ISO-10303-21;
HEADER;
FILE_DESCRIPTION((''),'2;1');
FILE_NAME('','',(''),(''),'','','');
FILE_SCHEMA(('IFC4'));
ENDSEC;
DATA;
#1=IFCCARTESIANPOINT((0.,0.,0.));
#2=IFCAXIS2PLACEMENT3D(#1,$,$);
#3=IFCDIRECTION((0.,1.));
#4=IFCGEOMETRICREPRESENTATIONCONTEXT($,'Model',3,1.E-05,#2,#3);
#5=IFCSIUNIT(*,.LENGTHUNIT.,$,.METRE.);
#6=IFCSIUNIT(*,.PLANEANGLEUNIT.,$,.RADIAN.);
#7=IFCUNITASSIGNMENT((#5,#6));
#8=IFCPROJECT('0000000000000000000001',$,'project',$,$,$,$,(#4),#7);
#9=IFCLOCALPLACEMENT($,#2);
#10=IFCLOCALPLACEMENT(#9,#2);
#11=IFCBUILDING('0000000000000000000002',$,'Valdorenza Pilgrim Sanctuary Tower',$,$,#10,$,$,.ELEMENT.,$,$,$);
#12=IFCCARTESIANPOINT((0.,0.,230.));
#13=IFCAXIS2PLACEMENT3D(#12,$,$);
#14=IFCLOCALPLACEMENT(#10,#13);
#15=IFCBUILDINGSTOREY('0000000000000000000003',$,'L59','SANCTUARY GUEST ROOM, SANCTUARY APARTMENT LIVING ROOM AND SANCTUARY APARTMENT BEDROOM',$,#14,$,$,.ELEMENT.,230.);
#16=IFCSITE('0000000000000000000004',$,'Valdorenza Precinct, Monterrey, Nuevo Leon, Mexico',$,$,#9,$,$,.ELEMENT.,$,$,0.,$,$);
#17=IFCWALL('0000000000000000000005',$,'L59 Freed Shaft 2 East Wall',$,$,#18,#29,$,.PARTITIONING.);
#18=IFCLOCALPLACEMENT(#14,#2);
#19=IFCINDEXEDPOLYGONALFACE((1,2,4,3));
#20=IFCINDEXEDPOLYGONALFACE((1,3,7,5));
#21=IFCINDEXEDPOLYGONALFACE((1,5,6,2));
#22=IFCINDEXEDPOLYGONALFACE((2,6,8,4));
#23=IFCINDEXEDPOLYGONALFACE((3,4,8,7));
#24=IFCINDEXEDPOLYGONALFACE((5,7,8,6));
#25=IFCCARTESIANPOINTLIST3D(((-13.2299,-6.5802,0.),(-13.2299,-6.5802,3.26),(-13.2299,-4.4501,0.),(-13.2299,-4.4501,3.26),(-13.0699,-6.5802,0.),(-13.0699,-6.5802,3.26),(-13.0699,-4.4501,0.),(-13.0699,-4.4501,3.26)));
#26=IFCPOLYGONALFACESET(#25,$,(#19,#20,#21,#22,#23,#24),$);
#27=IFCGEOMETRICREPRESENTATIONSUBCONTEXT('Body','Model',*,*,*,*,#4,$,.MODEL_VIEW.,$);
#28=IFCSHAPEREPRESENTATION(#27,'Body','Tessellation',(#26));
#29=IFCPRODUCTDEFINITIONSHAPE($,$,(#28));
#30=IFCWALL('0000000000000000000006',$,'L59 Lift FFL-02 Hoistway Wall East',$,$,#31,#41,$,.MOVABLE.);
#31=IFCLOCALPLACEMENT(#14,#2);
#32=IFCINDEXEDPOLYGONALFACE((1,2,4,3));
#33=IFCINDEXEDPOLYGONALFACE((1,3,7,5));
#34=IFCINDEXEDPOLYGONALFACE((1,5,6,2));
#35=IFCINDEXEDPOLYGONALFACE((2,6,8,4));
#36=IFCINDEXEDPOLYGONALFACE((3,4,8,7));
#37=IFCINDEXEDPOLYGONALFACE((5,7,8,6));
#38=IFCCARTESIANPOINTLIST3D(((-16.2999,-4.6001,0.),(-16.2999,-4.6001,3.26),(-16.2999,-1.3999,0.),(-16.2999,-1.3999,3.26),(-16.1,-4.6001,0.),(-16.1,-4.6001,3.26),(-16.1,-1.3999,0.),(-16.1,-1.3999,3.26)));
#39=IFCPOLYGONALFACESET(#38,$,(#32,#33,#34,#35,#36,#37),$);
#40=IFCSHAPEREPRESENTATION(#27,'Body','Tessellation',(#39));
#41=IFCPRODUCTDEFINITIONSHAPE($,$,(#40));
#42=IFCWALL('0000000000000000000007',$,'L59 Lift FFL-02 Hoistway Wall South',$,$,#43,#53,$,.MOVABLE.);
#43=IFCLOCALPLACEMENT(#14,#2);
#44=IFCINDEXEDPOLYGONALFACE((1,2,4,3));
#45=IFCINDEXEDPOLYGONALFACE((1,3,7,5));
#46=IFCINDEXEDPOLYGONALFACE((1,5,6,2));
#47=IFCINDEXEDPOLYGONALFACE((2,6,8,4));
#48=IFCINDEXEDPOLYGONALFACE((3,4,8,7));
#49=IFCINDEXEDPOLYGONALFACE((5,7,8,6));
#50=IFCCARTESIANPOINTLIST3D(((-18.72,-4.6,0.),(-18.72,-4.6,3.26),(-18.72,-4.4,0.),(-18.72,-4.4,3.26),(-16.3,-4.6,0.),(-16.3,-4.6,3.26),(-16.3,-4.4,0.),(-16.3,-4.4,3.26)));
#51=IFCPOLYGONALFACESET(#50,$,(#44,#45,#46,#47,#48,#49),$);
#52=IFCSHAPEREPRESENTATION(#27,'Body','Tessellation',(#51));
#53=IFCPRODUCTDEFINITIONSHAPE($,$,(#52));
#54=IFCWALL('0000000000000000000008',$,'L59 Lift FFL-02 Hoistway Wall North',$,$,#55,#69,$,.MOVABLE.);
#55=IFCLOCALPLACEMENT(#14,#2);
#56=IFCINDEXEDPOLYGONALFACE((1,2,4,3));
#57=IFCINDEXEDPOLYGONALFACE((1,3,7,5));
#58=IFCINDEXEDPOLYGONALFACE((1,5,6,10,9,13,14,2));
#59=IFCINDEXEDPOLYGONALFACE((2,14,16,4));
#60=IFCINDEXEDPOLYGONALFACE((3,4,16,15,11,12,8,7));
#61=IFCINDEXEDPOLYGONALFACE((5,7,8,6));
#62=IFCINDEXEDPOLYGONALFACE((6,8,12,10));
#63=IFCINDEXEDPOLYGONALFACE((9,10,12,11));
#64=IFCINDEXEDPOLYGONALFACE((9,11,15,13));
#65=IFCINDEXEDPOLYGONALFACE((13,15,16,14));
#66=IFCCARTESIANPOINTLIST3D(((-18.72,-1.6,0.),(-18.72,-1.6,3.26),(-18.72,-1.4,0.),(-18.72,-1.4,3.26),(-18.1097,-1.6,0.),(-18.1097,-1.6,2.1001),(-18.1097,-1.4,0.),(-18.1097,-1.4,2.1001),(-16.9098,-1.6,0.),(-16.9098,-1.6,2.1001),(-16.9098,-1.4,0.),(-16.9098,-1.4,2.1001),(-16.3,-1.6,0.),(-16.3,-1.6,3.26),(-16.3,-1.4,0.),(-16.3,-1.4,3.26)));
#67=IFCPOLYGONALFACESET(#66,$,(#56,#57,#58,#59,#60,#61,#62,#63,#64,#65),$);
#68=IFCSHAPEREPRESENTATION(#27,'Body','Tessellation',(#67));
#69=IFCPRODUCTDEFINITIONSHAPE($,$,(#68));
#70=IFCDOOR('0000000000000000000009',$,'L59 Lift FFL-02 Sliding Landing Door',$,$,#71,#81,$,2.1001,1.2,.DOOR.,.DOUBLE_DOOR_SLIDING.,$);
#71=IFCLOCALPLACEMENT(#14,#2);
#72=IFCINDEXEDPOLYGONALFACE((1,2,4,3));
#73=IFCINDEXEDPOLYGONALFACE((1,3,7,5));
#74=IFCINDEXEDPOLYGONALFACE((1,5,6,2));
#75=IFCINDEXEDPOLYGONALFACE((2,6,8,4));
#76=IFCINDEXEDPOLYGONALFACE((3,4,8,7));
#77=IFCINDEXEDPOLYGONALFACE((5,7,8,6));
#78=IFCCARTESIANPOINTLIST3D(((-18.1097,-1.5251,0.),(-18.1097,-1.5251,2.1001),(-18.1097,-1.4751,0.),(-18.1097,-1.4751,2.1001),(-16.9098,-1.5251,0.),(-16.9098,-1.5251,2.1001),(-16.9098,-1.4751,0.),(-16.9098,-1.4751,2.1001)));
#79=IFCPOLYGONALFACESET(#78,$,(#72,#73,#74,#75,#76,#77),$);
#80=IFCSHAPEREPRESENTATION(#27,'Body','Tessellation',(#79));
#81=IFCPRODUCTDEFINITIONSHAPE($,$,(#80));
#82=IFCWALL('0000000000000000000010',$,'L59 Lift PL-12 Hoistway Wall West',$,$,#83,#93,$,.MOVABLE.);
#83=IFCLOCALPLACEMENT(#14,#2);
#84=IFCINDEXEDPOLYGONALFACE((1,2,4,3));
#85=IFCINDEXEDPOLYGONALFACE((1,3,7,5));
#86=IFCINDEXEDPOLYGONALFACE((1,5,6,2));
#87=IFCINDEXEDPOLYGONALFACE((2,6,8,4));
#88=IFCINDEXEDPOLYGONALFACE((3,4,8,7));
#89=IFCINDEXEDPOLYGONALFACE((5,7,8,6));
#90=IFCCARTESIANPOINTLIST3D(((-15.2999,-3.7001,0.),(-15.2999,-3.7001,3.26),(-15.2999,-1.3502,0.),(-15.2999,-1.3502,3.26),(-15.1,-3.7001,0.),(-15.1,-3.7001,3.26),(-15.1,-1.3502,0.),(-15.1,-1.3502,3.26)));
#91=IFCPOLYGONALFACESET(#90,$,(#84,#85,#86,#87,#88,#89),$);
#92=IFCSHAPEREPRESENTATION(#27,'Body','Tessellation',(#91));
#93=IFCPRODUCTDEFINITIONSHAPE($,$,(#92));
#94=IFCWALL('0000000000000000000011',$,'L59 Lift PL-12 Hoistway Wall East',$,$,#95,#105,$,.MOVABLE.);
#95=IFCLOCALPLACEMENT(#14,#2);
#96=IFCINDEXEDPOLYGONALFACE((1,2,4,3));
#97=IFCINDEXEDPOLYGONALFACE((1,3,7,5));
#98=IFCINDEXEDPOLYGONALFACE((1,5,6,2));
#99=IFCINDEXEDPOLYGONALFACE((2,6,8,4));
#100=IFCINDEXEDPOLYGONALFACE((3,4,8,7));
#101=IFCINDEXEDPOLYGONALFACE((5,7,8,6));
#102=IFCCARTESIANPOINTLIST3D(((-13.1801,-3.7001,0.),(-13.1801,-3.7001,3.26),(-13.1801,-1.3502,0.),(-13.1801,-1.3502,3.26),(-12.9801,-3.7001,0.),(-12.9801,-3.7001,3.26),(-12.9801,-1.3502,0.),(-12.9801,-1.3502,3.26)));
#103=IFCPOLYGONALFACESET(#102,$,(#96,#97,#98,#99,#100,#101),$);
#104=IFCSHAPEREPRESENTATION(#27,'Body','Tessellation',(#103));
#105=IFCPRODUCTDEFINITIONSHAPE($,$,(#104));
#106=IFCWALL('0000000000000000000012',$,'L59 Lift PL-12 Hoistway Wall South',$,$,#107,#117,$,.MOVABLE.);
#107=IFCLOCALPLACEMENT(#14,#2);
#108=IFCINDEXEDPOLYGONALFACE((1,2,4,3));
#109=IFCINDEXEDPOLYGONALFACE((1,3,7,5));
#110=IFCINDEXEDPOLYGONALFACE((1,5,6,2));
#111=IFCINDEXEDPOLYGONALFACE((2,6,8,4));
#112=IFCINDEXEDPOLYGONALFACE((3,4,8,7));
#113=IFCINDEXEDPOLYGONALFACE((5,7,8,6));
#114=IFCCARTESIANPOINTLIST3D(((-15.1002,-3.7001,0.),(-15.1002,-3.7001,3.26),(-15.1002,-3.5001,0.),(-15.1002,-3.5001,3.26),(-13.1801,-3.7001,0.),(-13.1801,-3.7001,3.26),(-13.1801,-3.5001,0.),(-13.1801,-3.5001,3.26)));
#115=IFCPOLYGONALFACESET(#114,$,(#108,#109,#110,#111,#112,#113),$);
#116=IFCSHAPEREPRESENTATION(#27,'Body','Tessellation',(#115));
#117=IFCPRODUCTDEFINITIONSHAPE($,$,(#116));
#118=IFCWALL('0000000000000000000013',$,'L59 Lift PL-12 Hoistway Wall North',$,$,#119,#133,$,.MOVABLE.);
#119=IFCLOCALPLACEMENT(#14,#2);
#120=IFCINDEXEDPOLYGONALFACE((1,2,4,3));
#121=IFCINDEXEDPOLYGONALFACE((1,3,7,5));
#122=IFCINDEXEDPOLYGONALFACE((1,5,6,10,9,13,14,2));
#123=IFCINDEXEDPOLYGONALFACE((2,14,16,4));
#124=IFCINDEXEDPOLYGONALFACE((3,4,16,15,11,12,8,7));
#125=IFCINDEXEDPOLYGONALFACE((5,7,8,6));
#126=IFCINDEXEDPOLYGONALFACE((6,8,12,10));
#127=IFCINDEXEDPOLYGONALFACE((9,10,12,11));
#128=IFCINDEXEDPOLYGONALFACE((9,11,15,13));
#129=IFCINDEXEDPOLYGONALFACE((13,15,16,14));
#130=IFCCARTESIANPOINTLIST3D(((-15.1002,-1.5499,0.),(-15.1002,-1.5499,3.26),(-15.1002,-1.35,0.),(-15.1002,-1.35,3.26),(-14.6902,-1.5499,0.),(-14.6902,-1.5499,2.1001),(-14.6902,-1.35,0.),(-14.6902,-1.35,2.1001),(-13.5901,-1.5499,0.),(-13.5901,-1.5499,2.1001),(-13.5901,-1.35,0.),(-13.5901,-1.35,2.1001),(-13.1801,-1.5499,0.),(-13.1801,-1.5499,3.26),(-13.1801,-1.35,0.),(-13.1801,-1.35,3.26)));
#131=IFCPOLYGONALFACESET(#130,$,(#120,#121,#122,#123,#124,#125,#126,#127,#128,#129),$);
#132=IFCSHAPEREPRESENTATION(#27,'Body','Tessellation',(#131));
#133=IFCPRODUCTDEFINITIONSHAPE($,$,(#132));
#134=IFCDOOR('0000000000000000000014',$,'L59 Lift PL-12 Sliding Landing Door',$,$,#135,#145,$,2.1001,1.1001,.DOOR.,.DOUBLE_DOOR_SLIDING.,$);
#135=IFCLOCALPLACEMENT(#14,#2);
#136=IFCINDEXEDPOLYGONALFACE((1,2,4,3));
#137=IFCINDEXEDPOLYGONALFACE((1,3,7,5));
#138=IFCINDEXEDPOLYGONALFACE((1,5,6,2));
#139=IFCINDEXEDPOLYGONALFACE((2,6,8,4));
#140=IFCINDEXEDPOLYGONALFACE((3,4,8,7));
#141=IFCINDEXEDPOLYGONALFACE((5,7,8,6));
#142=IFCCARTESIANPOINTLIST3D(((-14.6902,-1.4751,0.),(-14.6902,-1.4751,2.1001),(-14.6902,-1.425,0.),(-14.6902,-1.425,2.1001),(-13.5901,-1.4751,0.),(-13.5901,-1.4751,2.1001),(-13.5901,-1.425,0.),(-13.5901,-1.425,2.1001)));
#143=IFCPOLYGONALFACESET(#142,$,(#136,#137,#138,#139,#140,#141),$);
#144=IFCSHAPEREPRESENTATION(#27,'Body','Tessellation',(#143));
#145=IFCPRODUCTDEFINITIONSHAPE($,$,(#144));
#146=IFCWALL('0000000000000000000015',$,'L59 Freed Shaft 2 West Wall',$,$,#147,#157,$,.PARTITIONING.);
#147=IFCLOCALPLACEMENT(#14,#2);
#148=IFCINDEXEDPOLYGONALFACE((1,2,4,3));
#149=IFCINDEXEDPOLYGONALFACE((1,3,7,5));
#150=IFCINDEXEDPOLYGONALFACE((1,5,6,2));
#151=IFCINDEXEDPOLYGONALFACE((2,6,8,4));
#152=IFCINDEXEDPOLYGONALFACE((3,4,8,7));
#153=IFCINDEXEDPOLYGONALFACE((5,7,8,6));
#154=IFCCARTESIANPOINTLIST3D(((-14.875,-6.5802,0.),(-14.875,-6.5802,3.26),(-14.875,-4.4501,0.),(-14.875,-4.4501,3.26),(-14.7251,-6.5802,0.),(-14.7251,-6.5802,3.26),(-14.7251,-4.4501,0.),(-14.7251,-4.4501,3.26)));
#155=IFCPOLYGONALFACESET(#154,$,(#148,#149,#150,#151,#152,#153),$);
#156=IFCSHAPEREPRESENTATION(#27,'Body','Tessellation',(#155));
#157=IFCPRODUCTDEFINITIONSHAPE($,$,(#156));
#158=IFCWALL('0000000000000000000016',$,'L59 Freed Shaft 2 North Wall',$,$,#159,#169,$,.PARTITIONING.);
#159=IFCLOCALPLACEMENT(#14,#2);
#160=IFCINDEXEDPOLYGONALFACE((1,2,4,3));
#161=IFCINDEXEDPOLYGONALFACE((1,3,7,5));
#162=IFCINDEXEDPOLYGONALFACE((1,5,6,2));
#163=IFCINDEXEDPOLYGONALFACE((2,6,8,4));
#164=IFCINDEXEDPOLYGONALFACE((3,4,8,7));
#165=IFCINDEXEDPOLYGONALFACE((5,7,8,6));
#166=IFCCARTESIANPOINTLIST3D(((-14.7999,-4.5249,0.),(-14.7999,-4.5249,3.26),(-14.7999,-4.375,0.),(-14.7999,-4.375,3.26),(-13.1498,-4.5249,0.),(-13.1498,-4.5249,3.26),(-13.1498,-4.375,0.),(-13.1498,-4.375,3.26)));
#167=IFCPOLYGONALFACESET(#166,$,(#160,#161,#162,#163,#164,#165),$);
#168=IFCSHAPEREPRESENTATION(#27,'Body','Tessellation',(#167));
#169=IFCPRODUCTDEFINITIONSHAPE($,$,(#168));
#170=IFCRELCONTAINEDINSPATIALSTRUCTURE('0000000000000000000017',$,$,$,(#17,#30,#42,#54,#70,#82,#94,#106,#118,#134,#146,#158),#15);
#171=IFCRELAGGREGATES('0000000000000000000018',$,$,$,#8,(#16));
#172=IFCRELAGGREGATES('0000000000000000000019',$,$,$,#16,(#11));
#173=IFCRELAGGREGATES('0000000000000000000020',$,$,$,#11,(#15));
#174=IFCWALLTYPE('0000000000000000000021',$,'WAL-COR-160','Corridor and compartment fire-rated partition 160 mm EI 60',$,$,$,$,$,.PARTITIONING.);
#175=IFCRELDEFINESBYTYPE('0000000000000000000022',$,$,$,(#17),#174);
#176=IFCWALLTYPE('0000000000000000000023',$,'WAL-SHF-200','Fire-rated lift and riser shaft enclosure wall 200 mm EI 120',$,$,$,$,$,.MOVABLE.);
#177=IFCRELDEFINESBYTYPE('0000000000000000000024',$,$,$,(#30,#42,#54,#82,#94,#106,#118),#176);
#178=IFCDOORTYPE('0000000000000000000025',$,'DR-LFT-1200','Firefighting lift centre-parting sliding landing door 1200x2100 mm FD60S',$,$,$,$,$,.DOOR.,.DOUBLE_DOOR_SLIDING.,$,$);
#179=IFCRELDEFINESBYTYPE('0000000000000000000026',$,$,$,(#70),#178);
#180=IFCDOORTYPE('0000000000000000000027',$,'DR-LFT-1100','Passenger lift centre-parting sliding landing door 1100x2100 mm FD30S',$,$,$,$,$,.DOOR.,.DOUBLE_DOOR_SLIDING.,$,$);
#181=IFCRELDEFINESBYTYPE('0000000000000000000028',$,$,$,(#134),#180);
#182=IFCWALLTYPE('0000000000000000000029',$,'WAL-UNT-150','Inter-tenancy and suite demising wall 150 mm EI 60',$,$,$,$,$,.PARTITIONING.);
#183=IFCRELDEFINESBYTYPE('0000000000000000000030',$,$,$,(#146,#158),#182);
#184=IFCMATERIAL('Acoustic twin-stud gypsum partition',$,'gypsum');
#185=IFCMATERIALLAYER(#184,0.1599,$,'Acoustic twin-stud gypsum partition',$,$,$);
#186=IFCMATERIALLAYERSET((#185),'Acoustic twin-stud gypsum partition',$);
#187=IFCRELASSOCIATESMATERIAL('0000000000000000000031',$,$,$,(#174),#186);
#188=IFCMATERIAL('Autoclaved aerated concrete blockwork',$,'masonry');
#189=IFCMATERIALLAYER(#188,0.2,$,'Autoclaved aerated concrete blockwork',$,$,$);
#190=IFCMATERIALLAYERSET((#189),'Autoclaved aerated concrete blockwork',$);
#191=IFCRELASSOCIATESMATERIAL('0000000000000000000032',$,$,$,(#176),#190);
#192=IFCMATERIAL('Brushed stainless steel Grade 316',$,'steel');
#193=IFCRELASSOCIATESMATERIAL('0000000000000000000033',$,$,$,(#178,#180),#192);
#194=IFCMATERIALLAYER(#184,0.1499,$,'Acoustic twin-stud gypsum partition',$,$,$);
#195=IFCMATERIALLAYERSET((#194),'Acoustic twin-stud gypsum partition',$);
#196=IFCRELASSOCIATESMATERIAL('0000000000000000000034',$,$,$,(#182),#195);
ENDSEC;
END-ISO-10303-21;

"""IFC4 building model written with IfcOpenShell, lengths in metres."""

from ifc_helpers import new_model, si_unit, direction, frame, frame_2d, origin, place, context, subcontext, project, spatial, rectangle, extrude, material, layer, layer_set, type_object, element, fill, save


model = new_model("IFC4")

# Units and contexts
model_context = context("Model", 3, precision=1e-05, world=origin(), true_north=direction((0.0, 1.0)))
body_context = subcontext(model_context, "Body", "Model", "MODEL_VIEW")
ifc_project = project(units=[si_unit("LENGTHUNIT", "METRE"), si_unit("PLANEANGLEUNIT", "RADIAN")], contexts=[model_context])

# Site, building, storey
site_placement = place(None, origin())
site = spatial("IfcSite", under=ifc_project, at=site_placement, Name="Valdorenza Precinct, Monterrey, Nuevo Leon, Mexico", CompositionType="ELEMENT", RefElevation=0.0)
building_placement = place(site_placement, origin())
building = spatial("IfcBuilding", under=site, at=building_placement, Name="Valdorenza Pilgrim Sanctuary Tower", CompositionType="ELEMENT")
storey_placement = place(building_placement, frame((0.0, 0.0, 230.0)))
storey = spatial("IfcBuildingStorey", under=building, at=storey_placement, Name="L59", Description="SANCTUARY GUEST ROOM, SANCTUARY APARTMENT LIVING ROOM AND SANCTUARY APARTMENT BEDROOM", CompositionType="ELEMENT", Elevation=230.0)

# Wall
ifc_material_1 = material(Name="Acoustic twin-stud gypsum partition", Category="gypsum")
ifc_layer_1 = layer(ifc_material_1, 0.1599, Name="Acoustic twin-stud gypsum partition")
ifc_layer_set_1 = layer_set([ifc_layer_1], Name="Acoustic twin-stud gypsum partition")
wall_type_1 = type_object("IfcWallType", Name="WAL-COR-160", Description="Corridor and compartment fire-rated partition 160 mm EI 60", PredefinedType="PARTITIONING", material=ifc_layer_set_1)
wall_1_placement = place(storey_placement, frame((-13.1499, -6.5801, 0.0), z_axis=(0.0, 0.0, 1.0), x_axis=(0.0, 1.0, 0.0)))
element("IfcWall", 1, at=wall_1_placement, inside=storey, type_object=wall_type_1, Name="L59 Freed Shaft 2 East Wall", PredefinedType="PARTITIONING", context=body_context, shape_type="SweptSolid", body=[
    extrude(rectangle(XDim=2.1301, YDim=0.1599, at=frame_2d((1.0649, 0.0))), origin(), (0.0, 0.0, 1.0), 3.26),
])

# Walls
ifc_material_2 = material(Name="Autoclaved aerated concrete blockwork", Category="masonry")
ifc_layer_2 = layer(ifc_material_2, 0.2, Name="Autoclaved aerated concrete blockwork")
ifc_layer_set_2 = layer_set([ifc_layer_2], Name="Autoclaved aerated concrete blockwork")
wall_type_2 = type_object("IfcWallType", Name="WAL-SHF-200", Description="Fire-rated lift and riser shaft enclosure wall 200 mm EI 120", PredefinedType="MOVABLE", material=ifc_layer_set_2)
wall_2_placement = place(storey_placement, frame((-16.2, -4.6001, 0.0), z_axis=(0.0, 0.0, 1.0), x_axis=(0.0, 1.0, 0.0)))
element("IfcWall", 2, at=wall_2_placement, inside=storey, type_object=wall_type_2, Name="L59 Lift FFL-02 Hoistway Wall East", PredefinedType="MOVABLE", context=body_context, shape_type="SweptSolid", body=[
    extrude(rectangle(XDim=3.2002, YDim=0.2, at=frame_2d((1.6001, 0.0))), origin(), (0.0, 0.0, 1.0), 3.26),
])
wall_3_placement = place(storey_placement, frame((-18.72, -4.5, 0.0), z_axis=(0.0, 0.0, 1.0), x_axis=(1.0, 0.0, 0.0)))
element("IfcWall", 3, at=wall_3_placement, inside=storey, type_object=wall_type_2, Name="L59 Lift FFL-02 Hoistway Wall South", PredefinedType="MOVABLE", context=body_context, shape_type="SweptSolid", body=[
    extrude(rectangle(XDim=2.4199, YDim=0.2, at=frame_2d((1.21, 0.0))), origin(), (0.0, 0.0, 1.0), 3.26),
])

# Wall, opening, door
wall_4_placement = place(storey_placement, frame((-18.72, -1.5, 0.0), z_axis=(0.0, 0.0, 1.0), x_axis=(1.0, 0.0, 0.0)))
wall_4 = element("IfcWall", 4, at=wall_4_placement, inside=storey, type_object=wall_type_2, Name="L59 Lift FFL-02 Hoistway Wall North", PredefinedType="MOVABLE", context=body_context, shape_type="SweptSolid", body=[
    extrude(rectangle(XDim=2.4199, YDim=0.2, at=frame_2d((1.21, 0.0))), origin(), (0.0, 0.0, 1.0), 3.26),
])
opening_1_placement = place(wall_4_placement, frame((0.6101, 0.0, 0.0)))
opening_1 = element("IfcOpeningElement", 5, at=opening_1_placement, cuts=wall_4, PredefinedType="OPENING", context=body_context, shape_type="SweptSolid", body=[
    extrude(rectangle(XDim=1.2, YDim=2.1001, at=frame_2d((0.6001, 1.05))), frame((0.0, 0.1147, 0.0), z_axis=(0.0, -1.0, 0.0), x_axis=(1.0, 0.0, 0.0)), (0.0, 0.0, 1.0), 0.2297),
])
ifc_material_3 = material(Name="Brushed stainless steel Grade 316", Category="steel")
door_type_1 = type_object("IfcDoorType", Name="DR-LFT-1200", Description="Firefighting lift centre-parting sliding landing door 1200x2100 mm FD60S", OperationType="DOUBLE_DOOR_SLIDING", PredefinedType="DOOR", material=ifc_material_3)
door_1_placement = place(opening_1_placement, origin())
door_1 = element("IfcDoor", 6, at=door_1_placement, inside=storey, type_object=door_type_1, Name="L59 Lift FFL-02 Sliding Landing Door", OperationType="DOUBLE_DOOR_SLIDING", OverallHeight=2.1001, OverallWidth=1.2, PredefinedType="DOOR", context=body_context, shape_type="SweptSolid", body=[
    extrude(rectangle(XDim=1.2, YDim=2.1001, at=frame_2d((0.6001, 1.05))), frame((0.0, 0.0249, 0.0), z_axis=(0.0, -1.0, 0.0), x_axis=(1.0, 0.0, 0.0)), (0.0, 0.0, 1.0), 0.05),
])
fill(opening_1, door_1)

# Walls
for number, where, z_axis, x_axis, name in (
    (7, (-15.2, -3.7, 0.0), (0.0, 0.0, 1.0), (0.0, 1.0, 0.0), "L59 Lift PL-12 Hoistway Wall West"),
    (8, (-13.0801, -3.7, 0.0), (0.0, 0.0, 1.0), (0.0, 1.0, 0.0), "L59 Lift PL-12 Hoistway Wall East"),
):
    element("IfcWall", number, at=place(storey_placement, frame(where, z_axis=z_axis, x_axis=x_axis)), inside=storey, type_object=wall_type_2, Name=name, PredefinedType="MOVABLE", context=body_context, shape_type="SweptSolid", body=[
        extrude(rectangle(XDim=2.3499, YDim=0.2, at=frame_2d((1.1748, 0.0))), origin(), (0.0, 0.0, 1.0), 3.26),
    ])
wall_5_placement = place(storey_placement, frame((-15.1001, -3.6001, 0.0), z_axis=(0.0, 0.0, 1.0), x_axis=(1.0, 0.0, 0.0)))
element("IfcWall", 9, at=wall_5_placement, inside=storey, type_object=wall_type_2, Name="L59 Lift PL-12 Hoistway Wall South", PredefinedType="MOVABLE", context=body_context, shape_type="SweptSolid", body=[
    extrude(rectangle(XDim=1.9202, YDim=0.2, at=frame_2d((0.96, 0.0))), origin(), (0.0, 0.0, 1.0), 3.26),
])

# Wall, opening, door
wall_6_placement = place(storey_placement, frame((-15.1001, -1.45, 0.0), z_axis=(0.0, 0.0, 1.0), x_axis=(1.0, 0.0, 0.0)))
wall_6 = element("IfcWall", 10, at=wall_6_placement, inside=storey, type_object=wall_type_2, Name="L59 Lift PL-12 Hoistway Wall North", PredefinedType="MOVABLE", context=body_context, shape_type="SweptSolid", body=[
    extrude(rectangle(XDim=1.9202, YDim=0.2, at=frame_2d((0.96, 0.0))), origin(), (0.0, 0.0, 1.0), 3.26),
])
opening_2_placement = place(wall_6_placement, frame((0.4099, 0.0, 0.0)))
opening_2 = element("IfcOpeningElement", 11, at=opening_2_placement, cuts=wall_6, PredefinedType="OPENING", context=body_context, shape_type="SweptSolid", body=[
    extrude(rectangle(XDim=1.1001, YDim=2.1001, at=frame_2d((0.55, 1.05))), frame((0.0, 0.1147, 0.0), z_axis=(0.0, -1.0, 0.0), x_axis=(1.0, 0.0, 0.0)), (0.0, 0.0, 1.0), 0.2297),
])
door_type_2 = type_object("IfcDoorType", Name="DR-LFT-1100", Description="Passenger lift centre-parting sliding landing door 1100x2100 mm FD30S", OperationType="DOUBLE_DOOR_SLIDING", PredefinedType="DOOR", material=ifc_material_3)
door_2_placement = place(opening_2_placement, origin())
door_2 = element("IfcDoor", 12, at=door_2_placement, inside=storey, type_object=door_type_2, Name="L59 Lift PL-12 Sliding Landing Door", OperationType="DOUBLE_DOOR_SLIDING", OverallHeight=2.1001, OverallWidth=1.1001, PredefinedType="DOOR", context=body_context, shape_type="SweptSolid", body=[
    extrude(rectangle(XDim=1.1001, YDim=2.1001, at=frame_2d((0.55, 1.05))), frame((0.0, 0.0249, 0.0), z_axis=(0.0, -1.0, 0.0), x_axis=(1.0, 0.0, 0.0)), (0.0, 0.0, 1.0), 0.05),
])
fill(opening_2, door_2)

# Walls
ifc_layer_3 = layer(ifc_material_1, 0.1499, Name="Acoustic twin-stud gypsum partition")
ifc_layer_set_3 = layer_set([ifc_layer_3], Name="Acoustic twin-stud gypsum partition")
wall_type_3 = type_object("IfcWallType", Name="WAL-UNT-150", Description="Inter-tenancy and suite demising wall 150 mm EI 60", PredefinedType="PARTITIONING", material=ifc_layer_set_3)
wall_7_placement = place(storey_placement, frame((-14.8, -6.5801, 0.0), z_axis=(0.0, 0.0, 1.0), x_axis=(0.0, 1.0, 0.0)))
element("IfcWall", 13, at=wall_7_placement, inside=storey, type_object=wall_type_3, Name="L59 Freed Shaft 2 West Wall", PredefinedType="PARTITIONING", context=body_context, shape_type="SweptSolid", body=[
    extrude(rectangle(XDim=2.1301, YDim=0.1499, at=frame_2d((1.0649, 0.0))), origin(), (0.0, 0.0, 1.0), 3.26),
])
wall_8_placement = place(storey_placement, frame((-14.8, -4.45, 0.0), z_axis=(0.0, 0.0, 1.0), x_axis=(1.0, 0.0, 0.0)))
element("IfcWall", 14, at=wall_8_placement, inside=storey, type_object=wall_type_3, Name="L59 Freed Shaft 2 North Wall", PredefinedType="PARTITIONING", context=body_context, shape_type="SweptSolid", body=[
    extrude(rectangle(XDim=1.6501, YDim=0.1499, at=frame_2d((0.8252, 0.0))), origin(), (0.0, 0.0, 1.0), 3.26),
])

save(model, "model.ifc")
